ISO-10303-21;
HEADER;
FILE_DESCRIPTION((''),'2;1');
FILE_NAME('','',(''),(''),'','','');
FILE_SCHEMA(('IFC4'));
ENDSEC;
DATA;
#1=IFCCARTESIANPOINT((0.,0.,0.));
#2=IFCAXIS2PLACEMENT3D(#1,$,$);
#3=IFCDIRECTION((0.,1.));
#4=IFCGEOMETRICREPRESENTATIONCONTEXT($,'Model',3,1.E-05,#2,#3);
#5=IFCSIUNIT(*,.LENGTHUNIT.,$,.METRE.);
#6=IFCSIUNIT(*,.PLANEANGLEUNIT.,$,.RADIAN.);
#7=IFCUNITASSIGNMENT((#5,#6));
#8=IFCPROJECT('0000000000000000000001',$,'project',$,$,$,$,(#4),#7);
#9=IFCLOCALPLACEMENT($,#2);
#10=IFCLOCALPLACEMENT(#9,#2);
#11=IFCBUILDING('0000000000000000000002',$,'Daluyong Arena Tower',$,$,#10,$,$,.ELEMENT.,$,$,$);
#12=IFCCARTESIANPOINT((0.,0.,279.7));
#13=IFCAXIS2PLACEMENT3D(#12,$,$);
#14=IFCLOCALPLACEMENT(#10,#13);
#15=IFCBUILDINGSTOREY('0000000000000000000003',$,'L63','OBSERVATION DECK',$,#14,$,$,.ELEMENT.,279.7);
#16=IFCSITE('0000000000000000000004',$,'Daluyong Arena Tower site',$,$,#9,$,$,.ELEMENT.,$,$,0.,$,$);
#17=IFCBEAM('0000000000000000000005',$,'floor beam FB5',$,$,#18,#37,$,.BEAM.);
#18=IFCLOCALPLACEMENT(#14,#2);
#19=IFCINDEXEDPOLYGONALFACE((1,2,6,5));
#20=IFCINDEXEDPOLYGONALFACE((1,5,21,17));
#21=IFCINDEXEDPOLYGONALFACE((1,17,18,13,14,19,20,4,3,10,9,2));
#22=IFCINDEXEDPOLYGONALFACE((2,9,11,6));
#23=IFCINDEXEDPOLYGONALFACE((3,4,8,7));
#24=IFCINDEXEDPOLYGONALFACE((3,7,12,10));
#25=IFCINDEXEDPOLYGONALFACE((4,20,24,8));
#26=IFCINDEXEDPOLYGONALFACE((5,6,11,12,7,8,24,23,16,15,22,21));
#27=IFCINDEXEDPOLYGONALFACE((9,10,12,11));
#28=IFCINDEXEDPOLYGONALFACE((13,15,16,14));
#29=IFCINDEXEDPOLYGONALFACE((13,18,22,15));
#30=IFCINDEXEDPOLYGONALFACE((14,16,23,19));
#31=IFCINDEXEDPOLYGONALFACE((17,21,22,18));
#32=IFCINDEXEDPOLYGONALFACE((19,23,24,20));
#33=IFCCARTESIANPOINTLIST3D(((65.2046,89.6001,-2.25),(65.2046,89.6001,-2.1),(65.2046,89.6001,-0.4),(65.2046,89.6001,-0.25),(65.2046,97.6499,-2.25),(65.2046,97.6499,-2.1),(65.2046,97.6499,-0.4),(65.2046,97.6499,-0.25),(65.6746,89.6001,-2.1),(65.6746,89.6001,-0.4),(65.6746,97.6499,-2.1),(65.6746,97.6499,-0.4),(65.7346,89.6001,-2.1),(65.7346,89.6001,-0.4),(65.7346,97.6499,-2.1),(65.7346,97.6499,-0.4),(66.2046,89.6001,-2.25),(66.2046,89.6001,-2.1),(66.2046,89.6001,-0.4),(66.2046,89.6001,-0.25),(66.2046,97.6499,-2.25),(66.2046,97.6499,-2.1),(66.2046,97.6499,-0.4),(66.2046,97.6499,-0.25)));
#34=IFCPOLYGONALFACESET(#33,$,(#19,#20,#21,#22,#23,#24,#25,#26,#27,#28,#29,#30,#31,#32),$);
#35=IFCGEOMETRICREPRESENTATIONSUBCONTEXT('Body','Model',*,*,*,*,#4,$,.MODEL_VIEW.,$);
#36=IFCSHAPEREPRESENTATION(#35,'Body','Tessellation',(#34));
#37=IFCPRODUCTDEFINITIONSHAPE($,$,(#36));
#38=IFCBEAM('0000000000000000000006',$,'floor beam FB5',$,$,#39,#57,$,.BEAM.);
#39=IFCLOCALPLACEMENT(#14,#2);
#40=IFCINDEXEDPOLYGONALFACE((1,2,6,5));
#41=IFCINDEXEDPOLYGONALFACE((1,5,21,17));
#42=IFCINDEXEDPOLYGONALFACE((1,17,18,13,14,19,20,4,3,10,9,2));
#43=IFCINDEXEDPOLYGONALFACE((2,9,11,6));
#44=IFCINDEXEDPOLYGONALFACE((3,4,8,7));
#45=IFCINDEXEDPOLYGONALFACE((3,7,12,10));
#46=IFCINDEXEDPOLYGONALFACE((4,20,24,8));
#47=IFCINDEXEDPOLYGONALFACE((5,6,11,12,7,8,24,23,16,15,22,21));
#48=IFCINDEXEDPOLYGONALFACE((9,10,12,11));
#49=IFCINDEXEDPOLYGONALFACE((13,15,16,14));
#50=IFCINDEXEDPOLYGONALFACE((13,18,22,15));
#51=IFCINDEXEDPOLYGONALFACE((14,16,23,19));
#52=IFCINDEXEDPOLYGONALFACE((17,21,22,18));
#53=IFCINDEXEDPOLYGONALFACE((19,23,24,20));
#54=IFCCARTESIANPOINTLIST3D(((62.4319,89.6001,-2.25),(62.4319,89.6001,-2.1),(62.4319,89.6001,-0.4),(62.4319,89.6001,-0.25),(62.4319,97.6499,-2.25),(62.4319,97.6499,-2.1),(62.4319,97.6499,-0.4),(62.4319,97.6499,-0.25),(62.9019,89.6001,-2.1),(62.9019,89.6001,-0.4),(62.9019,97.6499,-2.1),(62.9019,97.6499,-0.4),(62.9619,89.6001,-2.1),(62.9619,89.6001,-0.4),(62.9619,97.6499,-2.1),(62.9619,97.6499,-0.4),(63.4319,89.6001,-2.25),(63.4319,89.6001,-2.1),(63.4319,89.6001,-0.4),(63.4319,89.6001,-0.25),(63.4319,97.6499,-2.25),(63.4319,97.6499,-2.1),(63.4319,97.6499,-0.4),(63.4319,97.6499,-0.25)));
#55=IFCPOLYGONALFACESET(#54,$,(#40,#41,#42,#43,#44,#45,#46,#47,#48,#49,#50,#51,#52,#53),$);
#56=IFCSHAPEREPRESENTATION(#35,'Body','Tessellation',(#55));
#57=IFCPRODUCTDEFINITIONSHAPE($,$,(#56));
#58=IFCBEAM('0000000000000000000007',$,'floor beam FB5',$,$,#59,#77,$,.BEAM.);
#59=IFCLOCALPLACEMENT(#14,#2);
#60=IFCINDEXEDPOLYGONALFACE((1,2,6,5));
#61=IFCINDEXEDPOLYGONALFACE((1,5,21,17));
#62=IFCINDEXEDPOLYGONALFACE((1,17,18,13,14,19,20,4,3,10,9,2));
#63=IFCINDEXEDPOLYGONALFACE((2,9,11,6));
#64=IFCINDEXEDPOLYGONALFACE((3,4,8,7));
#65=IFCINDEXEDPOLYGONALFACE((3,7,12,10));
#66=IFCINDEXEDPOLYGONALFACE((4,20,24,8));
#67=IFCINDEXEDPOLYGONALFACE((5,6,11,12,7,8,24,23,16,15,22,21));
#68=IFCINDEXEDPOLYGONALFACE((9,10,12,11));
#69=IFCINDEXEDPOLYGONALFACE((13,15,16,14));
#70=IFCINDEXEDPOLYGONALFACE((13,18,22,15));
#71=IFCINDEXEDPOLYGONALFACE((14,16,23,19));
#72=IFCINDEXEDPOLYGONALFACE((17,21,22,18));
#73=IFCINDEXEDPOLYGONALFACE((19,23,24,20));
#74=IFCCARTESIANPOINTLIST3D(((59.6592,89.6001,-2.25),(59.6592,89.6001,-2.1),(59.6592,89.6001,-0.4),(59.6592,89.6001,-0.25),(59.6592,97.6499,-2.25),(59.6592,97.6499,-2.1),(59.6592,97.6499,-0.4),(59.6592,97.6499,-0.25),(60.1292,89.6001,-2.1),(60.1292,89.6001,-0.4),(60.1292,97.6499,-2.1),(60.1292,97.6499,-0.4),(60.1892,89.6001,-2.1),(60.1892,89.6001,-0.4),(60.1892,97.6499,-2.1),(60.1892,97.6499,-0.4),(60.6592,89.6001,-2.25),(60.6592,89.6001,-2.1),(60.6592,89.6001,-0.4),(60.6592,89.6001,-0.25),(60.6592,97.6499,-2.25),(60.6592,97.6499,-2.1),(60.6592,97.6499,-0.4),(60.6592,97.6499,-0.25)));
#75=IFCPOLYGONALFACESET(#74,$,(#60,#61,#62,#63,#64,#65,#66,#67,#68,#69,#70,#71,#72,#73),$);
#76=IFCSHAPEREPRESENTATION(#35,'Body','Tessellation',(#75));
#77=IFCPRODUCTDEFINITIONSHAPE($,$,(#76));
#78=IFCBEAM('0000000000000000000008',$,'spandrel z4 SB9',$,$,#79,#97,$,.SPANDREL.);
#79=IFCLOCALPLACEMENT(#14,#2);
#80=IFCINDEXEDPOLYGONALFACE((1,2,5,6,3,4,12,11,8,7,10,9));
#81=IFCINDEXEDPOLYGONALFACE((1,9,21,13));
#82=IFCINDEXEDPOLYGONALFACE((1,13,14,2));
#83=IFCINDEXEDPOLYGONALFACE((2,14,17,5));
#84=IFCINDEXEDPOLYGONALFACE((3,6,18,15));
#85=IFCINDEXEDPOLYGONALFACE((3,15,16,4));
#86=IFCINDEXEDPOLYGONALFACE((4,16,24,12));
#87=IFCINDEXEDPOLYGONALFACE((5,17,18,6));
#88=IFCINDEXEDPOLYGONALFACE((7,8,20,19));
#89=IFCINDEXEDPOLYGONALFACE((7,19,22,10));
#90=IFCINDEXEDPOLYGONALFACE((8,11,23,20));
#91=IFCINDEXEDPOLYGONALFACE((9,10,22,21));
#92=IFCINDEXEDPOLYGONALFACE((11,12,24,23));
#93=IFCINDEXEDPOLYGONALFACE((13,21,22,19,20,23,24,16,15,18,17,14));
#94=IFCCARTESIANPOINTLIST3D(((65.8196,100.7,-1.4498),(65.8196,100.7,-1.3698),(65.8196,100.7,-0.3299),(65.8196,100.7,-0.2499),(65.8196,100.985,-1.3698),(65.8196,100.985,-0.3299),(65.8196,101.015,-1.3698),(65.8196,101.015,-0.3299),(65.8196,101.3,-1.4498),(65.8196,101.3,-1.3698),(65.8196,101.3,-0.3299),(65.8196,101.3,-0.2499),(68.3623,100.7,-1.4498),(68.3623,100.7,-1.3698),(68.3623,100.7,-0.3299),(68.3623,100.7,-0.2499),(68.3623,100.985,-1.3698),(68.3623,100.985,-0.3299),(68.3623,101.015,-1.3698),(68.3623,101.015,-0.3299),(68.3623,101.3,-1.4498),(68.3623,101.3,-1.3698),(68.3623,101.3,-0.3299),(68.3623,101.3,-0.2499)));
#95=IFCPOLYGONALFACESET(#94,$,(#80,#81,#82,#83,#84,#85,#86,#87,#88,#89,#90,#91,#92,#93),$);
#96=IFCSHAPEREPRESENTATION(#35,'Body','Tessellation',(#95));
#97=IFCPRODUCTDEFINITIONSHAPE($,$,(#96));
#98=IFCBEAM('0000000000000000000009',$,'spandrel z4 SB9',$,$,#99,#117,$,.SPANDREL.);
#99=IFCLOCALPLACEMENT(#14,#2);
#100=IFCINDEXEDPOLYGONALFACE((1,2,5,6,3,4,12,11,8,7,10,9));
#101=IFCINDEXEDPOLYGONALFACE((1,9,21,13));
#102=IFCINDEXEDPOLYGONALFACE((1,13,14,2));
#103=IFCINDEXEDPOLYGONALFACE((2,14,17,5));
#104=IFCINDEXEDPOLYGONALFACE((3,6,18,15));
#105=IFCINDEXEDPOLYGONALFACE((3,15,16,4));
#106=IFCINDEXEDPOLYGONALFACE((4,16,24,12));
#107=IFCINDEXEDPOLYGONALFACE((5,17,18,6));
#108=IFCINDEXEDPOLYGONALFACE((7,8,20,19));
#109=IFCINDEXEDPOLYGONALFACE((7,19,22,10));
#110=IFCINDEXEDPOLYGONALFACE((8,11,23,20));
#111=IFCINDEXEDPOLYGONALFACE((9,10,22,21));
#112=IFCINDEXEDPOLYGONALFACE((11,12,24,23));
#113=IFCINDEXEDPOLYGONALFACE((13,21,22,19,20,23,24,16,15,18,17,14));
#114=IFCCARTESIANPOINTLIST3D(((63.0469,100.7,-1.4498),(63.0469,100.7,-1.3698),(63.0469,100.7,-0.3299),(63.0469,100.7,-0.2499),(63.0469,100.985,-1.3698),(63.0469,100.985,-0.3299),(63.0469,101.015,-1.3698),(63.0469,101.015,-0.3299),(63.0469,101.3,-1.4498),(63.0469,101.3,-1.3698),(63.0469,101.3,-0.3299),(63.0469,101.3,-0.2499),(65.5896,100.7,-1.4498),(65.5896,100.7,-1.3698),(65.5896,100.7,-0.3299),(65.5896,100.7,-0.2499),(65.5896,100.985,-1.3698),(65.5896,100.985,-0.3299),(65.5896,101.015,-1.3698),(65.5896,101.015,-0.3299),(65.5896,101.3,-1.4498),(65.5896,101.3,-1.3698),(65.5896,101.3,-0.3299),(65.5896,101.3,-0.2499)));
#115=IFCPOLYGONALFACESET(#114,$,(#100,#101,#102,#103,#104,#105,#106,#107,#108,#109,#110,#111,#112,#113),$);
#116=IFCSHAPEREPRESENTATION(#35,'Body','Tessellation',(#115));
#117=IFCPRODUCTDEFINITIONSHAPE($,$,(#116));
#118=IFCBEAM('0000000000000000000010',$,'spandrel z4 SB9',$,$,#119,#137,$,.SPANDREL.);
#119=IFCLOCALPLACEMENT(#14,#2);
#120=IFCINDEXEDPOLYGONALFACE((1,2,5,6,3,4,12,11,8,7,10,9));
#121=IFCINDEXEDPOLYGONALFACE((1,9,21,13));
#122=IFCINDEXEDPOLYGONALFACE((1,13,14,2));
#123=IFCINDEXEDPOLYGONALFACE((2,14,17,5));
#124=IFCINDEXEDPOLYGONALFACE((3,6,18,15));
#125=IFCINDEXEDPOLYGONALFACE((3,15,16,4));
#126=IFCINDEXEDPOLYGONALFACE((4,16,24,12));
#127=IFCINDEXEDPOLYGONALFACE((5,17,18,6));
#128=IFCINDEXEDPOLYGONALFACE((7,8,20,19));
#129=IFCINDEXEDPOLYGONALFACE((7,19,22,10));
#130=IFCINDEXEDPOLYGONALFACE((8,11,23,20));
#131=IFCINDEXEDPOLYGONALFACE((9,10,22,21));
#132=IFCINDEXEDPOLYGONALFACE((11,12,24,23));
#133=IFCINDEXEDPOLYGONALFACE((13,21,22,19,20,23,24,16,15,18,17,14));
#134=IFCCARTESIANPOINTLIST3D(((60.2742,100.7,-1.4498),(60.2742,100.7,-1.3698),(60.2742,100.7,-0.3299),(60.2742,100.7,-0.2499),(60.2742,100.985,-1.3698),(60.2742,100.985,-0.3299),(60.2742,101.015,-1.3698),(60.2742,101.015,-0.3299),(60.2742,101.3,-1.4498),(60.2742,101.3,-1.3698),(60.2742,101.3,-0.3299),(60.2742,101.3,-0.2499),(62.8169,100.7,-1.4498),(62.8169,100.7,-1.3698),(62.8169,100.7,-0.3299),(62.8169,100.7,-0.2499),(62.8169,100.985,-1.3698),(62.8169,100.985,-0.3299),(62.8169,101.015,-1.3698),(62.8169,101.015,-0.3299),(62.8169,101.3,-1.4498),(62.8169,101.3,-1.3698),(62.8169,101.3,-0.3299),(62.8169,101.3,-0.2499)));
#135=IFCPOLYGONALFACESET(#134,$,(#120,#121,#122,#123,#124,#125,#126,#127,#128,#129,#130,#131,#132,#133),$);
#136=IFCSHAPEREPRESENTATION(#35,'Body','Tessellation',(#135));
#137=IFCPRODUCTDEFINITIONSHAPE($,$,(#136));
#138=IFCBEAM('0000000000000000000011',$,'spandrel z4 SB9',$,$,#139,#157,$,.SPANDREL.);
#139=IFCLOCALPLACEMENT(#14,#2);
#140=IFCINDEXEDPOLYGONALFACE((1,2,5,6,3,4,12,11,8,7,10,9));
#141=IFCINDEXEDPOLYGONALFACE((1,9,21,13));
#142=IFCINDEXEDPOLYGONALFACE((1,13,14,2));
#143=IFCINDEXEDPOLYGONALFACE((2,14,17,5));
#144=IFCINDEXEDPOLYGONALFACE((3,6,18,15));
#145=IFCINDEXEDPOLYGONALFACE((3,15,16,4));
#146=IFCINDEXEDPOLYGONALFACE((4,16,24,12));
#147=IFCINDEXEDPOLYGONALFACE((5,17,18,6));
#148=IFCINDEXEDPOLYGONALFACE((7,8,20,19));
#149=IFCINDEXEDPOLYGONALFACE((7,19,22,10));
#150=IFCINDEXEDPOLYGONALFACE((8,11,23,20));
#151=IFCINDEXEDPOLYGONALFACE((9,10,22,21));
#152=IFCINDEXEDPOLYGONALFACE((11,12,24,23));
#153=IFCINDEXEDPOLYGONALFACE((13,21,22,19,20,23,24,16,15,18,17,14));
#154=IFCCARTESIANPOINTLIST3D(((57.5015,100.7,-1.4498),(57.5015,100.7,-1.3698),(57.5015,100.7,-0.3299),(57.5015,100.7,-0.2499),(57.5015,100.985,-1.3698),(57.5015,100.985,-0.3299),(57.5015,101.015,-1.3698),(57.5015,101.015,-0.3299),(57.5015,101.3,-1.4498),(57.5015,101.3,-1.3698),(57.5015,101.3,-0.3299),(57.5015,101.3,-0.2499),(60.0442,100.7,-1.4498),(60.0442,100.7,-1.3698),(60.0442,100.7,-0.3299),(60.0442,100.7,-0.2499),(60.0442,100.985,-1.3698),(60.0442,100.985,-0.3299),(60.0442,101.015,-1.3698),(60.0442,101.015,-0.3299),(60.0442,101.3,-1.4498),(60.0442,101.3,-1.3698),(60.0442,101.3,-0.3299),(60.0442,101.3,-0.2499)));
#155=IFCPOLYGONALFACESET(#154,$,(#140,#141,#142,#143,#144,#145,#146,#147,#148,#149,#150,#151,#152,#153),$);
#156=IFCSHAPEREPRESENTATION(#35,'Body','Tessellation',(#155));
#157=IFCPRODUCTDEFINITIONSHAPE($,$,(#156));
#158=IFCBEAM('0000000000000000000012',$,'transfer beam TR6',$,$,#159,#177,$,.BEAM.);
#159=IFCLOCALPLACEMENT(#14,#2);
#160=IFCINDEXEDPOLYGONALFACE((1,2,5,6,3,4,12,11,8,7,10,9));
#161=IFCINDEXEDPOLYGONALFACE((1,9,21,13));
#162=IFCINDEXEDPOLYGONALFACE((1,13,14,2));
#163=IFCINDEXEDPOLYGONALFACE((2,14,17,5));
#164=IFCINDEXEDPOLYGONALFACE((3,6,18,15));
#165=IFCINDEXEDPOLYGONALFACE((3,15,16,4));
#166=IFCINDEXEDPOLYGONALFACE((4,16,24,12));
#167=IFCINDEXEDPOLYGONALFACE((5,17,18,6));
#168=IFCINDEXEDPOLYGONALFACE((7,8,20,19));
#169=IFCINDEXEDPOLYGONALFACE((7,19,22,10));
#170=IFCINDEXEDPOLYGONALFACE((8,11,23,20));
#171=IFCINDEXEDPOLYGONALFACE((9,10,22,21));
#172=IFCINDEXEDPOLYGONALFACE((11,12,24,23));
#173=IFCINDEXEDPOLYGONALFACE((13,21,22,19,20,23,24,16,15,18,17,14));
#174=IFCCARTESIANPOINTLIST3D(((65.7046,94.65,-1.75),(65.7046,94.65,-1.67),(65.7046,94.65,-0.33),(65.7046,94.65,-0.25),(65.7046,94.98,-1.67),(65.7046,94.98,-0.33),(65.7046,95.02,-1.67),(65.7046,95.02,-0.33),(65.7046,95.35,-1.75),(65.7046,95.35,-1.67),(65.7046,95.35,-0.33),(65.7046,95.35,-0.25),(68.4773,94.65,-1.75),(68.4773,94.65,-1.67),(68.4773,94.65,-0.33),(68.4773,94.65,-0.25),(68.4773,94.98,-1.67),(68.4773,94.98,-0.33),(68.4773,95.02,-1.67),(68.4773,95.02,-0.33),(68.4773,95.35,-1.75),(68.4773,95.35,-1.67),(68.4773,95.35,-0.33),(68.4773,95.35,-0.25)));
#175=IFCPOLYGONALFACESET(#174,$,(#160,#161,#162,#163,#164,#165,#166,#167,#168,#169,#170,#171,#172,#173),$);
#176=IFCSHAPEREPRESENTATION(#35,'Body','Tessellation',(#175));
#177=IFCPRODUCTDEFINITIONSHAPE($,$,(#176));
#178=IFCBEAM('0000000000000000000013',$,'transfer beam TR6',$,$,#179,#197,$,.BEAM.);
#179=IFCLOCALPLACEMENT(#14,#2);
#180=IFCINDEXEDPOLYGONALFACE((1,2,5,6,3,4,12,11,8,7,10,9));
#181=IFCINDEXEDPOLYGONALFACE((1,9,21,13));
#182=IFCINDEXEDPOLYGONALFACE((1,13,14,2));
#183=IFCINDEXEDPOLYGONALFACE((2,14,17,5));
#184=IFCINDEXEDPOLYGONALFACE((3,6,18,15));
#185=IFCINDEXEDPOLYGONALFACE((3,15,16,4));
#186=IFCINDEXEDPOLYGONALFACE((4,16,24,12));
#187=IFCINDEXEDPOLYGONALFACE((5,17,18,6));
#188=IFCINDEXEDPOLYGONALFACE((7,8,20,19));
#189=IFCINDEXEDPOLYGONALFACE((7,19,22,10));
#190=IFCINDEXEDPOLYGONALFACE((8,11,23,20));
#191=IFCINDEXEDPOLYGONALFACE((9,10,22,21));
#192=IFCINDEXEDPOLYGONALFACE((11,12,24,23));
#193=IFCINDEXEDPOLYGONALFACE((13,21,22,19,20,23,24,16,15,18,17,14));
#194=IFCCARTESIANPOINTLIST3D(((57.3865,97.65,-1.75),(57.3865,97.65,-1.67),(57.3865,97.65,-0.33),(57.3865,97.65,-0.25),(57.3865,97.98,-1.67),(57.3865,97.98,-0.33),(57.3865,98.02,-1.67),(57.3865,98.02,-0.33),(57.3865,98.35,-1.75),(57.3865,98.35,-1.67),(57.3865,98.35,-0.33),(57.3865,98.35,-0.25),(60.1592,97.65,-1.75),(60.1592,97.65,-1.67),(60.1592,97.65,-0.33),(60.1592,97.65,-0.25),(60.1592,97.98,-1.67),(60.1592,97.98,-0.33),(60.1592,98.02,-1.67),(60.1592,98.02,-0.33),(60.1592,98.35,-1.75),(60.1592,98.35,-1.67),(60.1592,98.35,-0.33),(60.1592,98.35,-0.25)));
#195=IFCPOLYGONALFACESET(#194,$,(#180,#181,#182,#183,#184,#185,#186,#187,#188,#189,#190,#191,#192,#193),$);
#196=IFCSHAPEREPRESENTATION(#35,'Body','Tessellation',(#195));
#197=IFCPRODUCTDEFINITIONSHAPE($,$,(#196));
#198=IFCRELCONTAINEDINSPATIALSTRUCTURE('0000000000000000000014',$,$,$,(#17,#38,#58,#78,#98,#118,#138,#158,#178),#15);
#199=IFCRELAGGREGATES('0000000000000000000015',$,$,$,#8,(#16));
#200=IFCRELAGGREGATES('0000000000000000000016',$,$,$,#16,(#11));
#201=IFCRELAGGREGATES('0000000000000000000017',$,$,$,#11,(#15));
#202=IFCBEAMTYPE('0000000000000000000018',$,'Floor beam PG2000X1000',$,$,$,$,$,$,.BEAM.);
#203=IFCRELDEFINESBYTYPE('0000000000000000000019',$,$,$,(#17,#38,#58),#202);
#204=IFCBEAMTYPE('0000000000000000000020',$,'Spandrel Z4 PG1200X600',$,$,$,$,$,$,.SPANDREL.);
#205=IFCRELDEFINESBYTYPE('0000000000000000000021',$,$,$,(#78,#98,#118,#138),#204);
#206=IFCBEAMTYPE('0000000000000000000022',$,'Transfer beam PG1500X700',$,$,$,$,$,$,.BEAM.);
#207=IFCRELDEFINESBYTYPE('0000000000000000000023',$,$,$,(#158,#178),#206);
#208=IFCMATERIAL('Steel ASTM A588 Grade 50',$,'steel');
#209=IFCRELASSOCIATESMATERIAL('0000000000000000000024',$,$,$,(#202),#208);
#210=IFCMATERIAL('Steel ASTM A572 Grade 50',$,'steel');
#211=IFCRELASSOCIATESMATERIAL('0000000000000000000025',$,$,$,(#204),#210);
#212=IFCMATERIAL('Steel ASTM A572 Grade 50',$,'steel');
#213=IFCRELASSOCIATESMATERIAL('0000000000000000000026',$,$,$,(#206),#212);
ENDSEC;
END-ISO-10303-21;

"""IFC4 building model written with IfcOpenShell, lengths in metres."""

from ifc_helpers import new_model, si_unit, direction, frame, origin, origin_2d, place, context, subcontext, project, spatial, i_section, extrude, material, material_profile, profile_set, type_object, element, save


model = new_model("IFC4")

# Units and contexts
model_context = context("Model", 3, precision=1e-05, world=origin(), true_north=direction((0.0, 1.0)))
body_context = subcontext(model_context, "Body", "Model", "MODEL_VIEW")
ifc_project = project(units=[si_unit("LENGTHUNIT", "METRE"), si_unit("PLANEANGLEUNIT", "RADIAN")], contexts=[model_context])

# Site, building, storey
site_placement = place(None, origin())
site = spatial("IfcSite", under=ifc_project, at=site_placement, Name="Daluyong Arena Tower site", CompositionType="ELEMENT", RefElevation=0.0)
building_placement = place(site_placement, origin())
building = spatial("IfcBuilding", under=site, at=building_placement, Name="Daluyong Arena Tower", CompositionType="ELEMENT")
storey_placement = place(building_placement, frame((0.0, 0.0, 279.7)))
storey = spatial("IfcBuildingStorey", under=building, at=storey_placement, Name="L63", Description="OBSERVATION DECK", CompositionType="ELEMENT", Elevation=279.7)

# Beams
ifc_material_1 = material(Name="Steel ASTM A588 Grade 50", Category="steel")
ifc_material_profile_1 = material_profile(ifc_material_1, i_section(OverallWidth=1.0, OverallDepth=2.0, WebThickness=0.06, FlangeThickness=0.15, at=origin_2d()))
ifc_profile_set_1 = profile_set([ifc_material_profile_1], Name="Steel ASTM A588 Grade 50")
beam_type_1 = type_object("IfcBeamType", Name="Floor beam PG2000X1000", PredefinedType="BEAM", material=ifc_profile_set_1)
for number, where, z_axis, x_axis, name in (
    (1, (65.7046, 97.6499, -1.25), (0.0, -1.0, 0.0), (1.0, 0.0, 0.0), "floor beam FB5"),
    (2, (62.9319, 97.6499, -1.25), (0.0, -1.0, 0.0), (1.0, 0.0, 0.0), "floor beam FB5"),
    (3, (60.1592, 97.6499, -1.25), (0.0, -1.0, 0.0), (1.0, 0.0, 0.0), "floor beam FB5"),
):
    element("IfcBeam", number, at=place(storey_placement, frame(where, z_axis=z_axis, x_axis=x_axis)), inside=storey, type_object=beam_type_1, Name=name, PredefinedType="BEAM", context=body_context, shape_type="SweptSolid", body=[
        extrude(i_section(OverallWidth=1.0, OverallDepth=2.0, WebThickness=0.06, FlangeThickness=0.15, at=origin_2d()), origin(), (0.0, 0.0, 1.0), 8.0498),
    ])
ifc_material_2 = material(Name="Steel ASTM A572 Grade 50", Category="steel")
ifc_material_profile_2 = material_profile(ifc_material_2, i_section(OverallWidth=0.6001, OverallDepth=1.2, WebThickness=0.03, FlangeThickness=0.08, at=origin_2d()))
ifc_profile_set_2 = profile_set([ifc_material_profile_2], Name="Steel ASTM A572 Grade 50")
beam_type_2 = type_object("IfcBeamType", Name="Spandrel Z4 PG1200X600", PredefinedType="SPANDREL", material=ifc_profile_set_2)
for number, where, z_axis, x_axis, name in (
    (4, (68.3623, 101.0, -0.8499), (-1.0, 0.0, 0.0), (0.0, -1.0, 0.0), "spandrel z4 SB9"),
    (5, (65.5896, 101.0, -0.8499), (-1.0, 0.0, 0.0), (0.0, -1.0, 0.0), "spandrel z4 SB9"),
    (6, (62.8169, 101.0, -0.8499), (-1.0, 0.0, 0.0), (0.0, -1.0, 0.0), "spandrel z4 SB9"),
    (7, (60.0442, 101.0, -0.8499), (-1.0, 0.0, 0.0), (0.0, -1.0, 0.0), "spandrel z4 SB9"),
):
    element("IfcBeam", number, at=place(storey_placement, frame(where, z_axis=z_axis, x_axis=x_axis)), inside=storey, type_object=beam_type_2, Name=name, PredefinedType="SPANDREL", context=body_context, shape_type="SweptSolid", body=[
        extrude(i_section(OverallWidth=0.6001, OverallDepth=1.2, WebThickness=0.03, FlangeThickness=0.08, at=origin_2d()), origin(), (0.0, 0.0, 1.0), 2.5427),
    ])
ifc_material_3 = material(Name="Steel ASTM A572 Grade 50", Category="steel")
ifc_material_profile_3 = material_profile(ifc_material_3, i_section(OverallWidth=0.7, OverallDepth=1.5, WebThickness=0.04, FlangeThickness=0.08, at=origin_2d()))
ifc_profile_set_3 = profile_set([ifc_material_profile_3], Name="Steel ASTM A572 Grade 50")
beam_type_3 = type_object("IfcBeamType", Name="Transfer beam PG1500X700", PredefinedType="BEAM", material=ifc_profile_set_3)
for number, where, z_axis, x_axis, name in (
    (8, (65.7046, 95.0, -1.0), (1.0, 0.0, 0.0), (0.0, 1.0, 0.0), "transfer beam TR6"),
    (9, (57.3865, 98.0, -1.0), (1.0, 0.0, 0.0), (0.0, 1.0, 0.0), "transfer beam TR6"),
):
    element("IfcBeam", number, at=place(storey_placement, frame(where, z_axis=z_axis, x_axis=x_axis)), inside=storey, type_object=beam_type_3, Name=name, PredefinedType="BEAM", context=body_context, shape_type="SweptSolid", body=[
        extrude(i_section(OverallWidth=0.7, OverallDepth=1.5, WebThickness=0.04, FlangeThickness=0.08, at=origin_2d()), origin(), (0.0, 0.0, 1.0), 2.7727),
    ])

save(model, "model.ifc")
